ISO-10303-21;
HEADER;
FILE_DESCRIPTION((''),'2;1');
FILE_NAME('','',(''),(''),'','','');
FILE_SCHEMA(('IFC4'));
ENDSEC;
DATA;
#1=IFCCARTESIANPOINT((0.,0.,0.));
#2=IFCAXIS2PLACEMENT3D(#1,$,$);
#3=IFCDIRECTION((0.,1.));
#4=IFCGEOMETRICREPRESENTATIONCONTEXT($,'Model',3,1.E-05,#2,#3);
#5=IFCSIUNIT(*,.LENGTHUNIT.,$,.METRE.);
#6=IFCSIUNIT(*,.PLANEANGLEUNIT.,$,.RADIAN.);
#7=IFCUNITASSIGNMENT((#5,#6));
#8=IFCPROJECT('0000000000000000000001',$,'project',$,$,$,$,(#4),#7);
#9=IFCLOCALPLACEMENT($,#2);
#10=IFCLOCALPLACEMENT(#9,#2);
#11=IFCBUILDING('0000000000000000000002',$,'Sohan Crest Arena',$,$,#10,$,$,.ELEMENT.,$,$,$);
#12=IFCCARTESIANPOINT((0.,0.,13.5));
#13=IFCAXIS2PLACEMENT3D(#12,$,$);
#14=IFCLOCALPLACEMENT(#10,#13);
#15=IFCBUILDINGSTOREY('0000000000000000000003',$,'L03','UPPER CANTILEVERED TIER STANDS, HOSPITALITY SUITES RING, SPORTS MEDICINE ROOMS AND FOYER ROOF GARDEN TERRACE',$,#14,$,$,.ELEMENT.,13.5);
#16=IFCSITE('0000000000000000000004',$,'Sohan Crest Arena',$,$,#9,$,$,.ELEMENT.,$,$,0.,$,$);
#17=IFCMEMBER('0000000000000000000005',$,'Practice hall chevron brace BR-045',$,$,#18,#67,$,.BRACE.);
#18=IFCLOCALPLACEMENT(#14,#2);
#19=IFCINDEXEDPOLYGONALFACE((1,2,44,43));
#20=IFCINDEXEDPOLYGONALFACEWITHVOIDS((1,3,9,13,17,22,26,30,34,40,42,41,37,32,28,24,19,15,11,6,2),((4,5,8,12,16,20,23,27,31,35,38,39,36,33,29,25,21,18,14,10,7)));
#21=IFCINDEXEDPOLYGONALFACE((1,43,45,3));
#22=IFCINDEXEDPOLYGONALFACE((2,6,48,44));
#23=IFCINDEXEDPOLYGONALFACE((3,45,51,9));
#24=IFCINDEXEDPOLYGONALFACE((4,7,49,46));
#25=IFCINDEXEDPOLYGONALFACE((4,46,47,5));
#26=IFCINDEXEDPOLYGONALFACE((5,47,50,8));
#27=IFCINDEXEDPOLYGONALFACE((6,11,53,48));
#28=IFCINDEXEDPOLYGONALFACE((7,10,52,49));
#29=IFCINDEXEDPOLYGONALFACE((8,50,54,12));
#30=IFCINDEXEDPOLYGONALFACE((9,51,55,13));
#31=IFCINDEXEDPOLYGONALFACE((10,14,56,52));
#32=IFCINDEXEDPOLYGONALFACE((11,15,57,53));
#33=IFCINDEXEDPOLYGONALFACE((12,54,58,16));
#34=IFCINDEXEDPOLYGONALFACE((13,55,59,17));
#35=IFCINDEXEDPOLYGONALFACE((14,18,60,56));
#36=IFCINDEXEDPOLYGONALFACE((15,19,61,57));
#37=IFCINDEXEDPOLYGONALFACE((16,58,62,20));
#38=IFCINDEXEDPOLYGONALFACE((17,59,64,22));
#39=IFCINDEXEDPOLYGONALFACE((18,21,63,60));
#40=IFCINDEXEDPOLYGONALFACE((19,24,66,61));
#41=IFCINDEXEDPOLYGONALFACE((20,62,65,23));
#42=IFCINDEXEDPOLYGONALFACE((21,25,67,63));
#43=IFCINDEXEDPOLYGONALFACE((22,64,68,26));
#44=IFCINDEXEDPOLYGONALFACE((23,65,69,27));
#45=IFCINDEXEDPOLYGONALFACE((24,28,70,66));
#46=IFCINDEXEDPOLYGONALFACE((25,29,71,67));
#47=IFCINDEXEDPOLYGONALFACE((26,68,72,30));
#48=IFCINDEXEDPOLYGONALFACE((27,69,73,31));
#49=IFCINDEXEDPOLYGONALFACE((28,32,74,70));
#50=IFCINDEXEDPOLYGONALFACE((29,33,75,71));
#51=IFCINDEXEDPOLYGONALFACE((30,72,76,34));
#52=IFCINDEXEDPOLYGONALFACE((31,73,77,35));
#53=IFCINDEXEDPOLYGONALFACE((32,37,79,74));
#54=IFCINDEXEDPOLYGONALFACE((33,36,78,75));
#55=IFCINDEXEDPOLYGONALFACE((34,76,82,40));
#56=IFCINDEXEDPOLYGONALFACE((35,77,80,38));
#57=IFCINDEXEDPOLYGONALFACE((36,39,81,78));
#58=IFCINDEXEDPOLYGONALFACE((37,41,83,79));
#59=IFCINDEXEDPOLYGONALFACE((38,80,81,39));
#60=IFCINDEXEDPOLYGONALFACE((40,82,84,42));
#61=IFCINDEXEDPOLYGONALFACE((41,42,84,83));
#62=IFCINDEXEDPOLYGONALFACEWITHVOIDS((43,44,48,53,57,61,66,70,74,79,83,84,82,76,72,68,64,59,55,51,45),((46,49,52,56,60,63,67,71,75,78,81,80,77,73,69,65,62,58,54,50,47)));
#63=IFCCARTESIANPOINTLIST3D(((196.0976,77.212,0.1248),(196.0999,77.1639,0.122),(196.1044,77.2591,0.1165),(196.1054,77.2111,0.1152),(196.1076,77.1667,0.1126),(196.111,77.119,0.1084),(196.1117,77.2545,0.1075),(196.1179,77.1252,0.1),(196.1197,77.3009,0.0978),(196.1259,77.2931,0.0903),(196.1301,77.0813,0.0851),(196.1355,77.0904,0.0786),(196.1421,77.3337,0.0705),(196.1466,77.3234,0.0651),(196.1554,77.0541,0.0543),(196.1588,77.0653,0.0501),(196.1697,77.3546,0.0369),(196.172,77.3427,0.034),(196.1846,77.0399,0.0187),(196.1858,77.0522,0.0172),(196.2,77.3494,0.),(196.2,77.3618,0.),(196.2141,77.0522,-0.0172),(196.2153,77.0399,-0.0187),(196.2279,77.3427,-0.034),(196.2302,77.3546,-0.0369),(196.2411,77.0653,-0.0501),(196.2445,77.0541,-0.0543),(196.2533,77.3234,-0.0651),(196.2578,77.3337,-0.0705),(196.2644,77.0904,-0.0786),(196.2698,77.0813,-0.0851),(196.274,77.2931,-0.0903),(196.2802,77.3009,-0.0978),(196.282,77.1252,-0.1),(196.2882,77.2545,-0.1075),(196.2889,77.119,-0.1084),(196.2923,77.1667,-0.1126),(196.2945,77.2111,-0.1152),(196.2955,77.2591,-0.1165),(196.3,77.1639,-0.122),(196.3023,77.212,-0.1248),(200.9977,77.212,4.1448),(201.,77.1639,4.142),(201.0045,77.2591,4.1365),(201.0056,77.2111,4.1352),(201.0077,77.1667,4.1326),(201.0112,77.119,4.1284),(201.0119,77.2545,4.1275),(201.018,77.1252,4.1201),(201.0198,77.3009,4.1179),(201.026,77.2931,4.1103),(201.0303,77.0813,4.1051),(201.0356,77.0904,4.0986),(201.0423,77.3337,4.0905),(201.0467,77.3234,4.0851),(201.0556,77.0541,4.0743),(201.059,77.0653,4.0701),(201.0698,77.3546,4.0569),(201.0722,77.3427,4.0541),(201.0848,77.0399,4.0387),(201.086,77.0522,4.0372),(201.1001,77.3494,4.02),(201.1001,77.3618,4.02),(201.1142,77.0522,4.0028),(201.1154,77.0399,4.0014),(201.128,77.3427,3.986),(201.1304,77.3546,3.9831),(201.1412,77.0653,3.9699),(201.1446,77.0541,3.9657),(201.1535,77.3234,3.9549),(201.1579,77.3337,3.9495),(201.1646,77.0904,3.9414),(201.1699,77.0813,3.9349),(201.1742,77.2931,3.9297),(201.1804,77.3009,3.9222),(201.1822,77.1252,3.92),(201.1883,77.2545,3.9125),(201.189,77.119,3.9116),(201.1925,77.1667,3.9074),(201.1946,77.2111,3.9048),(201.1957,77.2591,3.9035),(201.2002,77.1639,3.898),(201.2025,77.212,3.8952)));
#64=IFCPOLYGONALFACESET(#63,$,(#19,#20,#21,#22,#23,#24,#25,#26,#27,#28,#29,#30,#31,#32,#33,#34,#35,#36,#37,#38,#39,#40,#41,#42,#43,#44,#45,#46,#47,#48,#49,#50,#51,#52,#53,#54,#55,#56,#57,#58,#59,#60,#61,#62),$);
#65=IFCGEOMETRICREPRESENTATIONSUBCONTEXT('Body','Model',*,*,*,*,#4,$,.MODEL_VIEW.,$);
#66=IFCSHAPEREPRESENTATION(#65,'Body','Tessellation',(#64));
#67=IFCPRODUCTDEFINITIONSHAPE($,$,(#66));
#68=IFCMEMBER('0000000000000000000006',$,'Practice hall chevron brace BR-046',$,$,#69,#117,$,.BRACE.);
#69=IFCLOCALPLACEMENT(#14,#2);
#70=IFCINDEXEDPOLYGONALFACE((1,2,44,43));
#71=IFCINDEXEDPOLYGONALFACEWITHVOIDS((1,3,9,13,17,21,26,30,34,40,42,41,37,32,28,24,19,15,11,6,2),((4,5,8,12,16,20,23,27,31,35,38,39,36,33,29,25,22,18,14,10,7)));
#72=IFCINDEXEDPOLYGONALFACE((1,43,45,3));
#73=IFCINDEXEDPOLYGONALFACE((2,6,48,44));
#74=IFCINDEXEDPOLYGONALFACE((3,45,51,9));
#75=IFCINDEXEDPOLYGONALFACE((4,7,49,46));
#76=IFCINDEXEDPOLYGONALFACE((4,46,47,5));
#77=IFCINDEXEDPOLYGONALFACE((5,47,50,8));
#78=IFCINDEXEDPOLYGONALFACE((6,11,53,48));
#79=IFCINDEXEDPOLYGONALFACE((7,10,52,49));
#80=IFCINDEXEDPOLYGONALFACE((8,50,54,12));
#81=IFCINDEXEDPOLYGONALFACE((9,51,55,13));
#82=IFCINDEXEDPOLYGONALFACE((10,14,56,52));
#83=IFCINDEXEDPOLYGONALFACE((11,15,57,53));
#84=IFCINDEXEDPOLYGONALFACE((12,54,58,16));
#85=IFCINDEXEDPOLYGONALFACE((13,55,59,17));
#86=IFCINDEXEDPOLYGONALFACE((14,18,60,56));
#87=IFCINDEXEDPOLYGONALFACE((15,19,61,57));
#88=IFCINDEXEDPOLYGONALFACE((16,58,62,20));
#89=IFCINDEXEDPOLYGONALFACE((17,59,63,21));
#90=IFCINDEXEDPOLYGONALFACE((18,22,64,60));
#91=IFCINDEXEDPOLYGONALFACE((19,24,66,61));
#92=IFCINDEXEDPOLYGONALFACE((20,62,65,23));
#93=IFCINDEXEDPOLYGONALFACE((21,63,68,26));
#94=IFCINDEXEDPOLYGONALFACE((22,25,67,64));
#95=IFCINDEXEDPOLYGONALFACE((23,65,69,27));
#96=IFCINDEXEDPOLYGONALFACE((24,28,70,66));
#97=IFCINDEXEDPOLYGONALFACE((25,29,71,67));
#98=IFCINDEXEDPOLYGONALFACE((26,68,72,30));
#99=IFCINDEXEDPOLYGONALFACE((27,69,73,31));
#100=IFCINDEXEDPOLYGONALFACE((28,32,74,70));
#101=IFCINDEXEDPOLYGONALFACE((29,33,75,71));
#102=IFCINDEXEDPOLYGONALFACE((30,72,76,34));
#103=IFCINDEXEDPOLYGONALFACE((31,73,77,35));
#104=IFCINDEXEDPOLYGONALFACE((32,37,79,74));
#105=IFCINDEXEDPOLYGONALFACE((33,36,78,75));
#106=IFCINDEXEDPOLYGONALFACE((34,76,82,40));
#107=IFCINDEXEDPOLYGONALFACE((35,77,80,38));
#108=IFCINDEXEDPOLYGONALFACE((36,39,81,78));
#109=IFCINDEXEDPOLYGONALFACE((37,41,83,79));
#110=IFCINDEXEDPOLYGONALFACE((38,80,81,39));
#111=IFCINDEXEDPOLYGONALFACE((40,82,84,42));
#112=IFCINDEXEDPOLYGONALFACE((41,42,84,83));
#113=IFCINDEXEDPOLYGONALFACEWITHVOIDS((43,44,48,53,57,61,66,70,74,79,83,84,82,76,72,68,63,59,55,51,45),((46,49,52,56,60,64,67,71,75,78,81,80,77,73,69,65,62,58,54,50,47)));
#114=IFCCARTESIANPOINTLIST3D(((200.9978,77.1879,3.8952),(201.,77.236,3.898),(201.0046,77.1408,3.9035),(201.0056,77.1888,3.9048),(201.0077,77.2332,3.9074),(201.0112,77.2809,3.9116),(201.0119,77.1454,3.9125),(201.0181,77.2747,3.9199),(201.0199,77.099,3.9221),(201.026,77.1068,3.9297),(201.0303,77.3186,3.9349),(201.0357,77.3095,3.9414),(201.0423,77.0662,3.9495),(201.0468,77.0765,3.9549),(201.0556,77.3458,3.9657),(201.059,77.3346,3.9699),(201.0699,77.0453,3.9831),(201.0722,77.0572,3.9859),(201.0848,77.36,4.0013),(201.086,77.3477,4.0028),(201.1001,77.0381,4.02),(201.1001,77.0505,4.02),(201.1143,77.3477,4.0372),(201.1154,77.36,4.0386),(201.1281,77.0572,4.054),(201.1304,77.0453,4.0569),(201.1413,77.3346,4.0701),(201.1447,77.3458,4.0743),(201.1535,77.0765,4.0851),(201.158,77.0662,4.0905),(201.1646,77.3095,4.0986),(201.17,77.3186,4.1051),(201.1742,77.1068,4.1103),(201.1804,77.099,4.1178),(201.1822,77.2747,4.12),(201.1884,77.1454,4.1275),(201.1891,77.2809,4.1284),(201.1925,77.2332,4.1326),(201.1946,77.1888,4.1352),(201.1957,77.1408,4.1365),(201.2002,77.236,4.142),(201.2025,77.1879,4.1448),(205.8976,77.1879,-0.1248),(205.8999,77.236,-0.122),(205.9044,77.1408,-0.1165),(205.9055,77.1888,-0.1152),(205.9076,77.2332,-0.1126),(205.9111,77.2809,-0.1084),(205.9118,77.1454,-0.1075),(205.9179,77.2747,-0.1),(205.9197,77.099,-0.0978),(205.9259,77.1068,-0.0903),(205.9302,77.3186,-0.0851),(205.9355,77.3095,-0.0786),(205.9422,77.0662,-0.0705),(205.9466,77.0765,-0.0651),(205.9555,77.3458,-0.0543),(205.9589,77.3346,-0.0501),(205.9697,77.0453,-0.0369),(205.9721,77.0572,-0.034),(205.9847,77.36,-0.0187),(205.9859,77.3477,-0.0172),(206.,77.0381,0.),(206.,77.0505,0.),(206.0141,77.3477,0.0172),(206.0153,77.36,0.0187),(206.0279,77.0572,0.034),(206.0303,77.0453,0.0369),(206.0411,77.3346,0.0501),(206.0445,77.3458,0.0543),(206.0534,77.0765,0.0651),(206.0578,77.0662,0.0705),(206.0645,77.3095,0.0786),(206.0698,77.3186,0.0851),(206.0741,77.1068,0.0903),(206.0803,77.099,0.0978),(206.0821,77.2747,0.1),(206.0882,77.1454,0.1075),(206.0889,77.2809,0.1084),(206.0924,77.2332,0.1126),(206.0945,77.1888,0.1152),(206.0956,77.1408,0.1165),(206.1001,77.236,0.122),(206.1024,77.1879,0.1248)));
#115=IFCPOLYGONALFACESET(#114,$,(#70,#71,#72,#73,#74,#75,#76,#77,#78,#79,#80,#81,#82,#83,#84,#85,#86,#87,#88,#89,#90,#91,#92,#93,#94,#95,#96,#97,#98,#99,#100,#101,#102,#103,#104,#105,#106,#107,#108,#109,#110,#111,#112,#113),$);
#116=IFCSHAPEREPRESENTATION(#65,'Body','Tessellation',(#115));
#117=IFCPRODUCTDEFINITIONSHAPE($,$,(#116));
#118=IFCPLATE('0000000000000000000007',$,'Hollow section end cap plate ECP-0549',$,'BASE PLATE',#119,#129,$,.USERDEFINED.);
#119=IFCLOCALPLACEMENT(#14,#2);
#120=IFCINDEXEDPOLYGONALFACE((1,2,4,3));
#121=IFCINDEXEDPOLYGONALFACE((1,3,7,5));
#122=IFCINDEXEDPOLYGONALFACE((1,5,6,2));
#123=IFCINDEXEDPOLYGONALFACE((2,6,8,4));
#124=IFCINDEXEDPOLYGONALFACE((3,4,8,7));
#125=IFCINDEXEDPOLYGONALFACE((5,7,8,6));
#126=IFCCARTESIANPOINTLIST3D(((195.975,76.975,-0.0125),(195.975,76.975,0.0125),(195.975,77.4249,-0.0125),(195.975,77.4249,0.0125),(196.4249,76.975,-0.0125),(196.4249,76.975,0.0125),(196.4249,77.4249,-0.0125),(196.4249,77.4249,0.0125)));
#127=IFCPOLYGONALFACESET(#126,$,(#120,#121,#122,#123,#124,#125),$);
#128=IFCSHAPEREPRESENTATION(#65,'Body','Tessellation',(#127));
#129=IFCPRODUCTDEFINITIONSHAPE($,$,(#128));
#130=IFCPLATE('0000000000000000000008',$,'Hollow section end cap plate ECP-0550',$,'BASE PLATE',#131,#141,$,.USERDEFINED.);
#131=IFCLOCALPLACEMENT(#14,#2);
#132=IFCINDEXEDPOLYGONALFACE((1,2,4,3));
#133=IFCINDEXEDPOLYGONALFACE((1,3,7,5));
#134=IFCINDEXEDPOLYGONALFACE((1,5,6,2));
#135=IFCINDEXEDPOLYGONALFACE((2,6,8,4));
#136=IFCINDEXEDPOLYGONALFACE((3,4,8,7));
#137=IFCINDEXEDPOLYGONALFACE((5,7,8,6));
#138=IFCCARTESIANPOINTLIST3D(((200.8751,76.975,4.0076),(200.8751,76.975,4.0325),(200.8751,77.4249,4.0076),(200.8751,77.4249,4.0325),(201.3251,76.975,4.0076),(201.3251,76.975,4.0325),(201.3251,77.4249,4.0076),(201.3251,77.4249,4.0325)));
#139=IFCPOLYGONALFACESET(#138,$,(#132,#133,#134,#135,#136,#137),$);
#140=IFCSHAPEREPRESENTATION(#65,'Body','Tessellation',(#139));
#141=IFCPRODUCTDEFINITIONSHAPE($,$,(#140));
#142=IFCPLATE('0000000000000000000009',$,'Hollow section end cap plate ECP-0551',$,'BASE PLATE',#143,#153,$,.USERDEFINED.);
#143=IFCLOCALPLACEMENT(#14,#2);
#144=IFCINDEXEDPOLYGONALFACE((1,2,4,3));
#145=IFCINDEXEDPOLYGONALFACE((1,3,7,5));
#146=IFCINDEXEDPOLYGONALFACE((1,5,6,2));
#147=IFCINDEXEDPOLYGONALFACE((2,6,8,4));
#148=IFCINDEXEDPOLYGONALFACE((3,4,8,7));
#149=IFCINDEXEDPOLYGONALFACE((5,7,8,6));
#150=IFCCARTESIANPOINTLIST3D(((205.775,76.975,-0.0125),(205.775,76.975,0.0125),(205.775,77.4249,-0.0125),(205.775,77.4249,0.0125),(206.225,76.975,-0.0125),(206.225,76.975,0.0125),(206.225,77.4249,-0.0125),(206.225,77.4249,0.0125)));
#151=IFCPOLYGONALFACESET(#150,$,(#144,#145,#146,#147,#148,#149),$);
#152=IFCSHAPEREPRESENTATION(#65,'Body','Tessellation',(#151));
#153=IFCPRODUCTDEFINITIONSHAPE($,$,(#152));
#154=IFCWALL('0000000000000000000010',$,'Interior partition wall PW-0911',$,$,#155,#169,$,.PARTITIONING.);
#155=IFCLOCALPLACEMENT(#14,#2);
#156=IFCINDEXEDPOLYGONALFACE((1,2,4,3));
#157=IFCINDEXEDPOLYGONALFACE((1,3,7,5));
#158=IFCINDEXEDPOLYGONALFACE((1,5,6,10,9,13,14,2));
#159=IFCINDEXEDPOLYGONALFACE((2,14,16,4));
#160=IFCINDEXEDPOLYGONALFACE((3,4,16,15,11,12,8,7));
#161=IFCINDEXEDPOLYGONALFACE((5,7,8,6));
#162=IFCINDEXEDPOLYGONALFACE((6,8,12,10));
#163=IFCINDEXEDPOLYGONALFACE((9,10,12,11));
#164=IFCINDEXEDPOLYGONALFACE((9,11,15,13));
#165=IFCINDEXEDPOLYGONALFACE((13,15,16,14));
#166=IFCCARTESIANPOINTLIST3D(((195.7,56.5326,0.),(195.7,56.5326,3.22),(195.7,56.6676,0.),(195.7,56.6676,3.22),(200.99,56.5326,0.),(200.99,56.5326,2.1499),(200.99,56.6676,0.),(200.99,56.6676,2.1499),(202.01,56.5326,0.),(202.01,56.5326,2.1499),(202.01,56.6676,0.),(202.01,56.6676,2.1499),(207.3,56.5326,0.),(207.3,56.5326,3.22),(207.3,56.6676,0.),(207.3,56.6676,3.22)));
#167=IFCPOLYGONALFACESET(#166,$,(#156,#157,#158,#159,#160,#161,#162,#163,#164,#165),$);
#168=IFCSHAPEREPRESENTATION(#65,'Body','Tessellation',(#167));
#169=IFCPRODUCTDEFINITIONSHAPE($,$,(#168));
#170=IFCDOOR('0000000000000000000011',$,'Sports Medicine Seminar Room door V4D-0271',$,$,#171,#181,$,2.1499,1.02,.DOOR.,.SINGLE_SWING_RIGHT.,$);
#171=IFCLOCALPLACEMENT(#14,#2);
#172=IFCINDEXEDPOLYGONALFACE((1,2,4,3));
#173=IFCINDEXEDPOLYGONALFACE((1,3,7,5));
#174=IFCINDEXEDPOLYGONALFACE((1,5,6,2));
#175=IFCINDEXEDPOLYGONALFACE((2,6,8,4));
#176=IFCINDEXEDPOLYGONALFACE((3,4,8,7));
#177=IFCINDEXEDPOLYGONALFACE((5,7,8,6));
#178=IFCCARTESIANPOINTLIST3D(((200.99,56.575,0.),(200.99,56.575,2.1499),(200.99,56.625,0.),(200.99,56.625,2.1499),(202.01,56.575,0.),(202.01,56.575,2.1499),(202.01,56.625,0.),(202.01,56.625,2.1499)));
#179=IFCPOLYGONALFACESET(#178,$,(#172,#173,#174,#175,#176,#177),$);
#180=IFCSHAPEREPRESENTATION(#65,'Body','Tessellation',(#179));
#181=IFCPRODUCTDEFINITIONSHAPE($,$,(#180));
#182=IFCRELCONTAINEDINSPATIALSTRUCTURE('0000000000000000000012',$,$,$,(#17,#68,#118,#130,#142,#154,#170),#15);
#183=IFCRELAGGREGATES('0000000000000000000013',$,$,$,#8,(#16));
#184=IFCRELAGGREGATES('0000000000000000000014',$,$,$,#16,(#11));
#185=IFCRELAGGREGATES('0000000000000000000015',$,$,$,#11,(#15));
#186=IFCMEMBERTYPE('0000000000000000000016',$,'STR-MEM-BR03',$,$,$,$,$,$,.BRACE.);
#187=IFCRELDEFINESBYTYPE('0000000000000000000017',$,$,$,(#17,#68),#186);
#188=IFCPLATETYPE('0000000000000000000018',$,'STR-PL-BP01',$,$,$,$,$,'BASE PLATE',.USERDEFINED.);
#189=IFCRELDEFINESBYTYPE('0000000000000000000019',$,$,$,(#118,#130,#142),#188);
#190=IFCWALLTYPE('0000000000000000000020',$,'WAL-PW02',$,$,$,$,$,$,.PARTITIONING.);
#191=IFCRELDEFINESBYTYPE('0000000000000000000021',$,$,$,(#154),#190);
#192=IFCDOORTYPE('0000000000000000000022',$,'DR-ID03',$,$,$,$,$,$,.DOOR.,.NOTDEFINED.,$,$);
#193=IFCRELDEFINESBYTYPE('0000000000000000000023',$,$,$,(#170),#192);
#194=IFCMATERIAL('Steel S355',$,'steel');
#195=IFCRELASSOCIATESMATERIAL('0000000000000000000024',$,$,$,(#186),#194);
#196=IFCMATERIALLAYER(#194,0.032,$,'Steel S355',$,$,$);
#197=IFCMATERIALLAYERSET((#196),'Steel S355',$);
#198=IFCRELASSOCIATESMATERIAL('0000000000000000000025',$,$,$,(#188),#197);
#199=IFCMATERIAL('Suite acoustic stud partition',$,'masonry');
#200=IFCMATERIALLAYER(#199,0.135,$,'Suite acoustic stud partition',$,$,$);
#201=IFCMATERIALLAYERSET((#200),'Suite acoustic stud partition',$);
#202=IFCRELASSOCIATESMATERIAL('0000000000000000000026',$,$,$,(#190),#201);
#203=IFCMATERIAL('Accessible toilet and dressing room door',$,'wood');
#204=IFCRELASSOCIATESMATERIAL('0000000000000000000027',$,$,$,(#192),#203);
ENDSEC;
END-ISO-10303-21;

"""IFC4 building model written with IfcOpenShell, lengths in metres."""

from ifc_helpers import new_model, si_unit, direction, frame, frame_2d, origin, origin_2d, place, context, subcontext, project, spatial, rectangle, hollow_circle, extrude, material, layer, layer_set, material_profile, profile_set, type_object, element, fill, save


model = new_model("IFC4")

# Units and contexts
model_context = context("Model", 3, precision=1e-05, world=origin(), true_north=direction((0.0, 1.0)))
body_context = subcontext(model_context, "Body", "Model", "MODEL_VIEW")
ifc_project = project(units=[si_unit("LENGTHUNIT", "METRE"), si_unit("PLANEANGLEUNIT", "RADIAN")], contexts=[model_context])

# Site, building, storey
site_placement = place(None, origin())
site = spatial("IfcSite", under=ifc_project, at=site_placement, Name="Sohan Crest Arena", CompositionType="ELEMENT", RefElevation=0.0)
building_placement = place(site_placement, origin())
building = spatial("IfcBuilding", under=site, at=building_placement, Name="Sohan Crest Arena", CompositionType="ELEMENT")
storey_placement = place(building_placement, frame((0.0, 0.0, 13.5)))
storey = spatial("IfcBuildingStorey", under=building, at=storey_placement, Name="L03", Description="UPPER CANTILEVERED TIER STANDS, HOSPITALITY SUITES RING, SPORTS MEDICINE ROOMS AND FOYER ROOF GARDEN TERRACE", CompositionType="ELEMENT", Elevation=13.5)

# Shared definitions
ifc_material_1 = material(Name="Steel S355", Category="steel")

# Members
ifc_material_profile_1 = material_profile(ifc_material_1, hollow_circle(Radius=0.1619, WallThickness=0.0125, at=origin_2d()), Name="CHS 323.9x12.5")
ifc_profile_set_1 = profile_set([ifc_material_profile_1], Name="Steel S355")
member_type = type_object("IfcMemberType", Name="STR-MEM-BR03", PredefinedType="BRACE", material=ifc_profile_set_1)
member_1_placement = place(storey_placement, frame((196.2, 77.2, 0.0), z_axis=(0.773121, 0.0, 0.634259), x_axis=(0.0, 1.0, 0.0)))
element("IfcMember", 1, at=member_1_placement, inside=storey, type_object=member_type, Name="Practice hall chevron brace BR-045", PredefinedType="BRACE", context=body_context, shape_type="SweptSolid", body=[
    extrude(hollow_circle(Radius=0.1619, WallThickness=0.0125, at=origin_2d()), origin(), (0.0, 0.0, 1.0), 6.3381),
])
member_2_placement = place(storey_placement, frame((206.0, 77.2, 0.0), z_axis=(-0.773105, 0.0, 0.634278), x_axis=(0.0, -1.0, 0.0)))
element("IfcMember", 2, at=member_2_placement, inside=storey, type_object=member_type, Name="Practice hall chevron brace BR-046", PredefinedType="BRACE", context=body_context, shape_type="SweptSolid", body=[
    extrude(hollow_circle(Radius=0.1619, WallThickness=0.0125, at=origin_2d()), origin(), (0.0, 0.0, 1.0), 6.3379),
])

# Plates
ifc_layer_1 = layer(ifc_material_1, 0.032, Name="Steel S355")
ifc_layer_set_1 = layer_set([ifc_layer_1], Name="Steel S355")
plate_type = type_object("IfcPlateType", Name="STR-PL-BP01", ElementType="BASE PLATE", PredefinedType="USERDEFINED", material=ifc_layer_set_1)
for number, where, z_axis, x_axis, name in (
    (3, (196.2, 77.2, -0.0125), (0.0, 0.0, 1.0), (1.0, 0.0, 0.0), "Hollow section end cap plate ECP-0549"),
    (4, (201.1001, 77.2, 4.0076), (0.0, 0.0, 1.0), (1.0, 0.0, 0.0), "Hollow section end cap plate ECP-0550"),
    (5, (206.0, 77.2, -0.0125), (0.0, 0.0, 1.0), (1.0, 0.0, 0.0), "Hollow section end cap plate ECP-0551"),
):
    element("IfcPlate", number, at=place(storey_placement, frame(where, z_axis=z_axis, x_axis=x_axis)), inside=storey, type_object=plate_type, Name=name, ObjectType="BASE PLATE", PredefinedType="USERDEFINED", context=body_context, shape_type="SweptSolid", body=[
        extrude(rectangle(XDim=0.45, YDim=0.45, at=origin_2d()), origin(), (0.0, 0.0, 1.0), 0.0249),
    ])

# Wall, opening, door
ifc_material_2 = material(Name="Suite acoustic stud partition", Category="masonry")
ifc_layer_2 = layer(ifc_material_2, 0.135, Name="Suite acoustic stud partition")
ifc_layer_set_2 = layer_set([ifc_layer_2], Name="Suite acoustic stud partition")
wall_type = type_object("IfcWallType", Name="WAL-PW02", PredefinedType="PARTITIONING", material=ifc_layer_set_2)
wall_placement = place(storey_placement, frame((195.7, 56.6001, 0.0), z_axis=(0.0, 0.0, 1.0), x_axis=(1.0, 0.0, 0.0)))
wall = element("IfcWall", 6, at=wall_placement, inside=storey, type_object=wall_type, Name="Interior partition wall PW-0911", PredefinedType="PARTITIONING", context=body_context, shape_type="SweptSolid", body=[
    extrude(rectangle(XDim=11.6001, YDim=0.135, at=frame_2d((5.8, 0.0))), origin(), (0.0, 0.0, 1.0), 3.22),
])
opening_placement = place(wall_placement, frame((5.29, 0.0, 0.0)))
opening = element("IfcOpeningElement", 7, at=opening_placement, cuts=wall, PredefinedType="OPENING", context=body_context, shape_type="SweptSolid", body=[
    extrude(rectangle(XDim=1.02, YDim=2.1499, at=frame_2d((0.51, 1.075))), frame((0.0, 0.0774, 0.0), z_axis=(0.0, -1.0, 0.0), x_axis=(1.0, 0.0, 0.0)), (0.0, 0.0, 1.0), 0.155),
])
ifc_material_3 = material(Name="Accessible toilet and dressing room door", Category="wood")
door_type = type_object("IfcDoorType", Name="DR-ID03", OperationType="NOTDEFINED", PredefinedType="DOOR", material=ifc_material_3)
door_placement = place(opening_placement, origin())
door = element("IfcDoor", 8, at=door_placement, inside=storey, type_object=door_type, Name="Sports Medicine Seminar Room door V4D-0271", OperationType="SINGLE_SWING_RIGHT", OverallHeight=2.1499, OverallWidth=1.02, PredefinedType="DOOR", context=body_context, shape_type="SweptSolid", body=[
    extrude(rectangle(XDim=1.02, YDim=2.1499, at=frame_2d((0.51, 1.075))), frame((0.0, 0.0249, 0.0), z_axis=(0.0, -1.0, 0.0), x_axis=(1.0, 0.0, 0.0)), (0.0, 0.0, 1.0), 0.05),
])
fill(opening, door)

save(model, "model.ifc")
